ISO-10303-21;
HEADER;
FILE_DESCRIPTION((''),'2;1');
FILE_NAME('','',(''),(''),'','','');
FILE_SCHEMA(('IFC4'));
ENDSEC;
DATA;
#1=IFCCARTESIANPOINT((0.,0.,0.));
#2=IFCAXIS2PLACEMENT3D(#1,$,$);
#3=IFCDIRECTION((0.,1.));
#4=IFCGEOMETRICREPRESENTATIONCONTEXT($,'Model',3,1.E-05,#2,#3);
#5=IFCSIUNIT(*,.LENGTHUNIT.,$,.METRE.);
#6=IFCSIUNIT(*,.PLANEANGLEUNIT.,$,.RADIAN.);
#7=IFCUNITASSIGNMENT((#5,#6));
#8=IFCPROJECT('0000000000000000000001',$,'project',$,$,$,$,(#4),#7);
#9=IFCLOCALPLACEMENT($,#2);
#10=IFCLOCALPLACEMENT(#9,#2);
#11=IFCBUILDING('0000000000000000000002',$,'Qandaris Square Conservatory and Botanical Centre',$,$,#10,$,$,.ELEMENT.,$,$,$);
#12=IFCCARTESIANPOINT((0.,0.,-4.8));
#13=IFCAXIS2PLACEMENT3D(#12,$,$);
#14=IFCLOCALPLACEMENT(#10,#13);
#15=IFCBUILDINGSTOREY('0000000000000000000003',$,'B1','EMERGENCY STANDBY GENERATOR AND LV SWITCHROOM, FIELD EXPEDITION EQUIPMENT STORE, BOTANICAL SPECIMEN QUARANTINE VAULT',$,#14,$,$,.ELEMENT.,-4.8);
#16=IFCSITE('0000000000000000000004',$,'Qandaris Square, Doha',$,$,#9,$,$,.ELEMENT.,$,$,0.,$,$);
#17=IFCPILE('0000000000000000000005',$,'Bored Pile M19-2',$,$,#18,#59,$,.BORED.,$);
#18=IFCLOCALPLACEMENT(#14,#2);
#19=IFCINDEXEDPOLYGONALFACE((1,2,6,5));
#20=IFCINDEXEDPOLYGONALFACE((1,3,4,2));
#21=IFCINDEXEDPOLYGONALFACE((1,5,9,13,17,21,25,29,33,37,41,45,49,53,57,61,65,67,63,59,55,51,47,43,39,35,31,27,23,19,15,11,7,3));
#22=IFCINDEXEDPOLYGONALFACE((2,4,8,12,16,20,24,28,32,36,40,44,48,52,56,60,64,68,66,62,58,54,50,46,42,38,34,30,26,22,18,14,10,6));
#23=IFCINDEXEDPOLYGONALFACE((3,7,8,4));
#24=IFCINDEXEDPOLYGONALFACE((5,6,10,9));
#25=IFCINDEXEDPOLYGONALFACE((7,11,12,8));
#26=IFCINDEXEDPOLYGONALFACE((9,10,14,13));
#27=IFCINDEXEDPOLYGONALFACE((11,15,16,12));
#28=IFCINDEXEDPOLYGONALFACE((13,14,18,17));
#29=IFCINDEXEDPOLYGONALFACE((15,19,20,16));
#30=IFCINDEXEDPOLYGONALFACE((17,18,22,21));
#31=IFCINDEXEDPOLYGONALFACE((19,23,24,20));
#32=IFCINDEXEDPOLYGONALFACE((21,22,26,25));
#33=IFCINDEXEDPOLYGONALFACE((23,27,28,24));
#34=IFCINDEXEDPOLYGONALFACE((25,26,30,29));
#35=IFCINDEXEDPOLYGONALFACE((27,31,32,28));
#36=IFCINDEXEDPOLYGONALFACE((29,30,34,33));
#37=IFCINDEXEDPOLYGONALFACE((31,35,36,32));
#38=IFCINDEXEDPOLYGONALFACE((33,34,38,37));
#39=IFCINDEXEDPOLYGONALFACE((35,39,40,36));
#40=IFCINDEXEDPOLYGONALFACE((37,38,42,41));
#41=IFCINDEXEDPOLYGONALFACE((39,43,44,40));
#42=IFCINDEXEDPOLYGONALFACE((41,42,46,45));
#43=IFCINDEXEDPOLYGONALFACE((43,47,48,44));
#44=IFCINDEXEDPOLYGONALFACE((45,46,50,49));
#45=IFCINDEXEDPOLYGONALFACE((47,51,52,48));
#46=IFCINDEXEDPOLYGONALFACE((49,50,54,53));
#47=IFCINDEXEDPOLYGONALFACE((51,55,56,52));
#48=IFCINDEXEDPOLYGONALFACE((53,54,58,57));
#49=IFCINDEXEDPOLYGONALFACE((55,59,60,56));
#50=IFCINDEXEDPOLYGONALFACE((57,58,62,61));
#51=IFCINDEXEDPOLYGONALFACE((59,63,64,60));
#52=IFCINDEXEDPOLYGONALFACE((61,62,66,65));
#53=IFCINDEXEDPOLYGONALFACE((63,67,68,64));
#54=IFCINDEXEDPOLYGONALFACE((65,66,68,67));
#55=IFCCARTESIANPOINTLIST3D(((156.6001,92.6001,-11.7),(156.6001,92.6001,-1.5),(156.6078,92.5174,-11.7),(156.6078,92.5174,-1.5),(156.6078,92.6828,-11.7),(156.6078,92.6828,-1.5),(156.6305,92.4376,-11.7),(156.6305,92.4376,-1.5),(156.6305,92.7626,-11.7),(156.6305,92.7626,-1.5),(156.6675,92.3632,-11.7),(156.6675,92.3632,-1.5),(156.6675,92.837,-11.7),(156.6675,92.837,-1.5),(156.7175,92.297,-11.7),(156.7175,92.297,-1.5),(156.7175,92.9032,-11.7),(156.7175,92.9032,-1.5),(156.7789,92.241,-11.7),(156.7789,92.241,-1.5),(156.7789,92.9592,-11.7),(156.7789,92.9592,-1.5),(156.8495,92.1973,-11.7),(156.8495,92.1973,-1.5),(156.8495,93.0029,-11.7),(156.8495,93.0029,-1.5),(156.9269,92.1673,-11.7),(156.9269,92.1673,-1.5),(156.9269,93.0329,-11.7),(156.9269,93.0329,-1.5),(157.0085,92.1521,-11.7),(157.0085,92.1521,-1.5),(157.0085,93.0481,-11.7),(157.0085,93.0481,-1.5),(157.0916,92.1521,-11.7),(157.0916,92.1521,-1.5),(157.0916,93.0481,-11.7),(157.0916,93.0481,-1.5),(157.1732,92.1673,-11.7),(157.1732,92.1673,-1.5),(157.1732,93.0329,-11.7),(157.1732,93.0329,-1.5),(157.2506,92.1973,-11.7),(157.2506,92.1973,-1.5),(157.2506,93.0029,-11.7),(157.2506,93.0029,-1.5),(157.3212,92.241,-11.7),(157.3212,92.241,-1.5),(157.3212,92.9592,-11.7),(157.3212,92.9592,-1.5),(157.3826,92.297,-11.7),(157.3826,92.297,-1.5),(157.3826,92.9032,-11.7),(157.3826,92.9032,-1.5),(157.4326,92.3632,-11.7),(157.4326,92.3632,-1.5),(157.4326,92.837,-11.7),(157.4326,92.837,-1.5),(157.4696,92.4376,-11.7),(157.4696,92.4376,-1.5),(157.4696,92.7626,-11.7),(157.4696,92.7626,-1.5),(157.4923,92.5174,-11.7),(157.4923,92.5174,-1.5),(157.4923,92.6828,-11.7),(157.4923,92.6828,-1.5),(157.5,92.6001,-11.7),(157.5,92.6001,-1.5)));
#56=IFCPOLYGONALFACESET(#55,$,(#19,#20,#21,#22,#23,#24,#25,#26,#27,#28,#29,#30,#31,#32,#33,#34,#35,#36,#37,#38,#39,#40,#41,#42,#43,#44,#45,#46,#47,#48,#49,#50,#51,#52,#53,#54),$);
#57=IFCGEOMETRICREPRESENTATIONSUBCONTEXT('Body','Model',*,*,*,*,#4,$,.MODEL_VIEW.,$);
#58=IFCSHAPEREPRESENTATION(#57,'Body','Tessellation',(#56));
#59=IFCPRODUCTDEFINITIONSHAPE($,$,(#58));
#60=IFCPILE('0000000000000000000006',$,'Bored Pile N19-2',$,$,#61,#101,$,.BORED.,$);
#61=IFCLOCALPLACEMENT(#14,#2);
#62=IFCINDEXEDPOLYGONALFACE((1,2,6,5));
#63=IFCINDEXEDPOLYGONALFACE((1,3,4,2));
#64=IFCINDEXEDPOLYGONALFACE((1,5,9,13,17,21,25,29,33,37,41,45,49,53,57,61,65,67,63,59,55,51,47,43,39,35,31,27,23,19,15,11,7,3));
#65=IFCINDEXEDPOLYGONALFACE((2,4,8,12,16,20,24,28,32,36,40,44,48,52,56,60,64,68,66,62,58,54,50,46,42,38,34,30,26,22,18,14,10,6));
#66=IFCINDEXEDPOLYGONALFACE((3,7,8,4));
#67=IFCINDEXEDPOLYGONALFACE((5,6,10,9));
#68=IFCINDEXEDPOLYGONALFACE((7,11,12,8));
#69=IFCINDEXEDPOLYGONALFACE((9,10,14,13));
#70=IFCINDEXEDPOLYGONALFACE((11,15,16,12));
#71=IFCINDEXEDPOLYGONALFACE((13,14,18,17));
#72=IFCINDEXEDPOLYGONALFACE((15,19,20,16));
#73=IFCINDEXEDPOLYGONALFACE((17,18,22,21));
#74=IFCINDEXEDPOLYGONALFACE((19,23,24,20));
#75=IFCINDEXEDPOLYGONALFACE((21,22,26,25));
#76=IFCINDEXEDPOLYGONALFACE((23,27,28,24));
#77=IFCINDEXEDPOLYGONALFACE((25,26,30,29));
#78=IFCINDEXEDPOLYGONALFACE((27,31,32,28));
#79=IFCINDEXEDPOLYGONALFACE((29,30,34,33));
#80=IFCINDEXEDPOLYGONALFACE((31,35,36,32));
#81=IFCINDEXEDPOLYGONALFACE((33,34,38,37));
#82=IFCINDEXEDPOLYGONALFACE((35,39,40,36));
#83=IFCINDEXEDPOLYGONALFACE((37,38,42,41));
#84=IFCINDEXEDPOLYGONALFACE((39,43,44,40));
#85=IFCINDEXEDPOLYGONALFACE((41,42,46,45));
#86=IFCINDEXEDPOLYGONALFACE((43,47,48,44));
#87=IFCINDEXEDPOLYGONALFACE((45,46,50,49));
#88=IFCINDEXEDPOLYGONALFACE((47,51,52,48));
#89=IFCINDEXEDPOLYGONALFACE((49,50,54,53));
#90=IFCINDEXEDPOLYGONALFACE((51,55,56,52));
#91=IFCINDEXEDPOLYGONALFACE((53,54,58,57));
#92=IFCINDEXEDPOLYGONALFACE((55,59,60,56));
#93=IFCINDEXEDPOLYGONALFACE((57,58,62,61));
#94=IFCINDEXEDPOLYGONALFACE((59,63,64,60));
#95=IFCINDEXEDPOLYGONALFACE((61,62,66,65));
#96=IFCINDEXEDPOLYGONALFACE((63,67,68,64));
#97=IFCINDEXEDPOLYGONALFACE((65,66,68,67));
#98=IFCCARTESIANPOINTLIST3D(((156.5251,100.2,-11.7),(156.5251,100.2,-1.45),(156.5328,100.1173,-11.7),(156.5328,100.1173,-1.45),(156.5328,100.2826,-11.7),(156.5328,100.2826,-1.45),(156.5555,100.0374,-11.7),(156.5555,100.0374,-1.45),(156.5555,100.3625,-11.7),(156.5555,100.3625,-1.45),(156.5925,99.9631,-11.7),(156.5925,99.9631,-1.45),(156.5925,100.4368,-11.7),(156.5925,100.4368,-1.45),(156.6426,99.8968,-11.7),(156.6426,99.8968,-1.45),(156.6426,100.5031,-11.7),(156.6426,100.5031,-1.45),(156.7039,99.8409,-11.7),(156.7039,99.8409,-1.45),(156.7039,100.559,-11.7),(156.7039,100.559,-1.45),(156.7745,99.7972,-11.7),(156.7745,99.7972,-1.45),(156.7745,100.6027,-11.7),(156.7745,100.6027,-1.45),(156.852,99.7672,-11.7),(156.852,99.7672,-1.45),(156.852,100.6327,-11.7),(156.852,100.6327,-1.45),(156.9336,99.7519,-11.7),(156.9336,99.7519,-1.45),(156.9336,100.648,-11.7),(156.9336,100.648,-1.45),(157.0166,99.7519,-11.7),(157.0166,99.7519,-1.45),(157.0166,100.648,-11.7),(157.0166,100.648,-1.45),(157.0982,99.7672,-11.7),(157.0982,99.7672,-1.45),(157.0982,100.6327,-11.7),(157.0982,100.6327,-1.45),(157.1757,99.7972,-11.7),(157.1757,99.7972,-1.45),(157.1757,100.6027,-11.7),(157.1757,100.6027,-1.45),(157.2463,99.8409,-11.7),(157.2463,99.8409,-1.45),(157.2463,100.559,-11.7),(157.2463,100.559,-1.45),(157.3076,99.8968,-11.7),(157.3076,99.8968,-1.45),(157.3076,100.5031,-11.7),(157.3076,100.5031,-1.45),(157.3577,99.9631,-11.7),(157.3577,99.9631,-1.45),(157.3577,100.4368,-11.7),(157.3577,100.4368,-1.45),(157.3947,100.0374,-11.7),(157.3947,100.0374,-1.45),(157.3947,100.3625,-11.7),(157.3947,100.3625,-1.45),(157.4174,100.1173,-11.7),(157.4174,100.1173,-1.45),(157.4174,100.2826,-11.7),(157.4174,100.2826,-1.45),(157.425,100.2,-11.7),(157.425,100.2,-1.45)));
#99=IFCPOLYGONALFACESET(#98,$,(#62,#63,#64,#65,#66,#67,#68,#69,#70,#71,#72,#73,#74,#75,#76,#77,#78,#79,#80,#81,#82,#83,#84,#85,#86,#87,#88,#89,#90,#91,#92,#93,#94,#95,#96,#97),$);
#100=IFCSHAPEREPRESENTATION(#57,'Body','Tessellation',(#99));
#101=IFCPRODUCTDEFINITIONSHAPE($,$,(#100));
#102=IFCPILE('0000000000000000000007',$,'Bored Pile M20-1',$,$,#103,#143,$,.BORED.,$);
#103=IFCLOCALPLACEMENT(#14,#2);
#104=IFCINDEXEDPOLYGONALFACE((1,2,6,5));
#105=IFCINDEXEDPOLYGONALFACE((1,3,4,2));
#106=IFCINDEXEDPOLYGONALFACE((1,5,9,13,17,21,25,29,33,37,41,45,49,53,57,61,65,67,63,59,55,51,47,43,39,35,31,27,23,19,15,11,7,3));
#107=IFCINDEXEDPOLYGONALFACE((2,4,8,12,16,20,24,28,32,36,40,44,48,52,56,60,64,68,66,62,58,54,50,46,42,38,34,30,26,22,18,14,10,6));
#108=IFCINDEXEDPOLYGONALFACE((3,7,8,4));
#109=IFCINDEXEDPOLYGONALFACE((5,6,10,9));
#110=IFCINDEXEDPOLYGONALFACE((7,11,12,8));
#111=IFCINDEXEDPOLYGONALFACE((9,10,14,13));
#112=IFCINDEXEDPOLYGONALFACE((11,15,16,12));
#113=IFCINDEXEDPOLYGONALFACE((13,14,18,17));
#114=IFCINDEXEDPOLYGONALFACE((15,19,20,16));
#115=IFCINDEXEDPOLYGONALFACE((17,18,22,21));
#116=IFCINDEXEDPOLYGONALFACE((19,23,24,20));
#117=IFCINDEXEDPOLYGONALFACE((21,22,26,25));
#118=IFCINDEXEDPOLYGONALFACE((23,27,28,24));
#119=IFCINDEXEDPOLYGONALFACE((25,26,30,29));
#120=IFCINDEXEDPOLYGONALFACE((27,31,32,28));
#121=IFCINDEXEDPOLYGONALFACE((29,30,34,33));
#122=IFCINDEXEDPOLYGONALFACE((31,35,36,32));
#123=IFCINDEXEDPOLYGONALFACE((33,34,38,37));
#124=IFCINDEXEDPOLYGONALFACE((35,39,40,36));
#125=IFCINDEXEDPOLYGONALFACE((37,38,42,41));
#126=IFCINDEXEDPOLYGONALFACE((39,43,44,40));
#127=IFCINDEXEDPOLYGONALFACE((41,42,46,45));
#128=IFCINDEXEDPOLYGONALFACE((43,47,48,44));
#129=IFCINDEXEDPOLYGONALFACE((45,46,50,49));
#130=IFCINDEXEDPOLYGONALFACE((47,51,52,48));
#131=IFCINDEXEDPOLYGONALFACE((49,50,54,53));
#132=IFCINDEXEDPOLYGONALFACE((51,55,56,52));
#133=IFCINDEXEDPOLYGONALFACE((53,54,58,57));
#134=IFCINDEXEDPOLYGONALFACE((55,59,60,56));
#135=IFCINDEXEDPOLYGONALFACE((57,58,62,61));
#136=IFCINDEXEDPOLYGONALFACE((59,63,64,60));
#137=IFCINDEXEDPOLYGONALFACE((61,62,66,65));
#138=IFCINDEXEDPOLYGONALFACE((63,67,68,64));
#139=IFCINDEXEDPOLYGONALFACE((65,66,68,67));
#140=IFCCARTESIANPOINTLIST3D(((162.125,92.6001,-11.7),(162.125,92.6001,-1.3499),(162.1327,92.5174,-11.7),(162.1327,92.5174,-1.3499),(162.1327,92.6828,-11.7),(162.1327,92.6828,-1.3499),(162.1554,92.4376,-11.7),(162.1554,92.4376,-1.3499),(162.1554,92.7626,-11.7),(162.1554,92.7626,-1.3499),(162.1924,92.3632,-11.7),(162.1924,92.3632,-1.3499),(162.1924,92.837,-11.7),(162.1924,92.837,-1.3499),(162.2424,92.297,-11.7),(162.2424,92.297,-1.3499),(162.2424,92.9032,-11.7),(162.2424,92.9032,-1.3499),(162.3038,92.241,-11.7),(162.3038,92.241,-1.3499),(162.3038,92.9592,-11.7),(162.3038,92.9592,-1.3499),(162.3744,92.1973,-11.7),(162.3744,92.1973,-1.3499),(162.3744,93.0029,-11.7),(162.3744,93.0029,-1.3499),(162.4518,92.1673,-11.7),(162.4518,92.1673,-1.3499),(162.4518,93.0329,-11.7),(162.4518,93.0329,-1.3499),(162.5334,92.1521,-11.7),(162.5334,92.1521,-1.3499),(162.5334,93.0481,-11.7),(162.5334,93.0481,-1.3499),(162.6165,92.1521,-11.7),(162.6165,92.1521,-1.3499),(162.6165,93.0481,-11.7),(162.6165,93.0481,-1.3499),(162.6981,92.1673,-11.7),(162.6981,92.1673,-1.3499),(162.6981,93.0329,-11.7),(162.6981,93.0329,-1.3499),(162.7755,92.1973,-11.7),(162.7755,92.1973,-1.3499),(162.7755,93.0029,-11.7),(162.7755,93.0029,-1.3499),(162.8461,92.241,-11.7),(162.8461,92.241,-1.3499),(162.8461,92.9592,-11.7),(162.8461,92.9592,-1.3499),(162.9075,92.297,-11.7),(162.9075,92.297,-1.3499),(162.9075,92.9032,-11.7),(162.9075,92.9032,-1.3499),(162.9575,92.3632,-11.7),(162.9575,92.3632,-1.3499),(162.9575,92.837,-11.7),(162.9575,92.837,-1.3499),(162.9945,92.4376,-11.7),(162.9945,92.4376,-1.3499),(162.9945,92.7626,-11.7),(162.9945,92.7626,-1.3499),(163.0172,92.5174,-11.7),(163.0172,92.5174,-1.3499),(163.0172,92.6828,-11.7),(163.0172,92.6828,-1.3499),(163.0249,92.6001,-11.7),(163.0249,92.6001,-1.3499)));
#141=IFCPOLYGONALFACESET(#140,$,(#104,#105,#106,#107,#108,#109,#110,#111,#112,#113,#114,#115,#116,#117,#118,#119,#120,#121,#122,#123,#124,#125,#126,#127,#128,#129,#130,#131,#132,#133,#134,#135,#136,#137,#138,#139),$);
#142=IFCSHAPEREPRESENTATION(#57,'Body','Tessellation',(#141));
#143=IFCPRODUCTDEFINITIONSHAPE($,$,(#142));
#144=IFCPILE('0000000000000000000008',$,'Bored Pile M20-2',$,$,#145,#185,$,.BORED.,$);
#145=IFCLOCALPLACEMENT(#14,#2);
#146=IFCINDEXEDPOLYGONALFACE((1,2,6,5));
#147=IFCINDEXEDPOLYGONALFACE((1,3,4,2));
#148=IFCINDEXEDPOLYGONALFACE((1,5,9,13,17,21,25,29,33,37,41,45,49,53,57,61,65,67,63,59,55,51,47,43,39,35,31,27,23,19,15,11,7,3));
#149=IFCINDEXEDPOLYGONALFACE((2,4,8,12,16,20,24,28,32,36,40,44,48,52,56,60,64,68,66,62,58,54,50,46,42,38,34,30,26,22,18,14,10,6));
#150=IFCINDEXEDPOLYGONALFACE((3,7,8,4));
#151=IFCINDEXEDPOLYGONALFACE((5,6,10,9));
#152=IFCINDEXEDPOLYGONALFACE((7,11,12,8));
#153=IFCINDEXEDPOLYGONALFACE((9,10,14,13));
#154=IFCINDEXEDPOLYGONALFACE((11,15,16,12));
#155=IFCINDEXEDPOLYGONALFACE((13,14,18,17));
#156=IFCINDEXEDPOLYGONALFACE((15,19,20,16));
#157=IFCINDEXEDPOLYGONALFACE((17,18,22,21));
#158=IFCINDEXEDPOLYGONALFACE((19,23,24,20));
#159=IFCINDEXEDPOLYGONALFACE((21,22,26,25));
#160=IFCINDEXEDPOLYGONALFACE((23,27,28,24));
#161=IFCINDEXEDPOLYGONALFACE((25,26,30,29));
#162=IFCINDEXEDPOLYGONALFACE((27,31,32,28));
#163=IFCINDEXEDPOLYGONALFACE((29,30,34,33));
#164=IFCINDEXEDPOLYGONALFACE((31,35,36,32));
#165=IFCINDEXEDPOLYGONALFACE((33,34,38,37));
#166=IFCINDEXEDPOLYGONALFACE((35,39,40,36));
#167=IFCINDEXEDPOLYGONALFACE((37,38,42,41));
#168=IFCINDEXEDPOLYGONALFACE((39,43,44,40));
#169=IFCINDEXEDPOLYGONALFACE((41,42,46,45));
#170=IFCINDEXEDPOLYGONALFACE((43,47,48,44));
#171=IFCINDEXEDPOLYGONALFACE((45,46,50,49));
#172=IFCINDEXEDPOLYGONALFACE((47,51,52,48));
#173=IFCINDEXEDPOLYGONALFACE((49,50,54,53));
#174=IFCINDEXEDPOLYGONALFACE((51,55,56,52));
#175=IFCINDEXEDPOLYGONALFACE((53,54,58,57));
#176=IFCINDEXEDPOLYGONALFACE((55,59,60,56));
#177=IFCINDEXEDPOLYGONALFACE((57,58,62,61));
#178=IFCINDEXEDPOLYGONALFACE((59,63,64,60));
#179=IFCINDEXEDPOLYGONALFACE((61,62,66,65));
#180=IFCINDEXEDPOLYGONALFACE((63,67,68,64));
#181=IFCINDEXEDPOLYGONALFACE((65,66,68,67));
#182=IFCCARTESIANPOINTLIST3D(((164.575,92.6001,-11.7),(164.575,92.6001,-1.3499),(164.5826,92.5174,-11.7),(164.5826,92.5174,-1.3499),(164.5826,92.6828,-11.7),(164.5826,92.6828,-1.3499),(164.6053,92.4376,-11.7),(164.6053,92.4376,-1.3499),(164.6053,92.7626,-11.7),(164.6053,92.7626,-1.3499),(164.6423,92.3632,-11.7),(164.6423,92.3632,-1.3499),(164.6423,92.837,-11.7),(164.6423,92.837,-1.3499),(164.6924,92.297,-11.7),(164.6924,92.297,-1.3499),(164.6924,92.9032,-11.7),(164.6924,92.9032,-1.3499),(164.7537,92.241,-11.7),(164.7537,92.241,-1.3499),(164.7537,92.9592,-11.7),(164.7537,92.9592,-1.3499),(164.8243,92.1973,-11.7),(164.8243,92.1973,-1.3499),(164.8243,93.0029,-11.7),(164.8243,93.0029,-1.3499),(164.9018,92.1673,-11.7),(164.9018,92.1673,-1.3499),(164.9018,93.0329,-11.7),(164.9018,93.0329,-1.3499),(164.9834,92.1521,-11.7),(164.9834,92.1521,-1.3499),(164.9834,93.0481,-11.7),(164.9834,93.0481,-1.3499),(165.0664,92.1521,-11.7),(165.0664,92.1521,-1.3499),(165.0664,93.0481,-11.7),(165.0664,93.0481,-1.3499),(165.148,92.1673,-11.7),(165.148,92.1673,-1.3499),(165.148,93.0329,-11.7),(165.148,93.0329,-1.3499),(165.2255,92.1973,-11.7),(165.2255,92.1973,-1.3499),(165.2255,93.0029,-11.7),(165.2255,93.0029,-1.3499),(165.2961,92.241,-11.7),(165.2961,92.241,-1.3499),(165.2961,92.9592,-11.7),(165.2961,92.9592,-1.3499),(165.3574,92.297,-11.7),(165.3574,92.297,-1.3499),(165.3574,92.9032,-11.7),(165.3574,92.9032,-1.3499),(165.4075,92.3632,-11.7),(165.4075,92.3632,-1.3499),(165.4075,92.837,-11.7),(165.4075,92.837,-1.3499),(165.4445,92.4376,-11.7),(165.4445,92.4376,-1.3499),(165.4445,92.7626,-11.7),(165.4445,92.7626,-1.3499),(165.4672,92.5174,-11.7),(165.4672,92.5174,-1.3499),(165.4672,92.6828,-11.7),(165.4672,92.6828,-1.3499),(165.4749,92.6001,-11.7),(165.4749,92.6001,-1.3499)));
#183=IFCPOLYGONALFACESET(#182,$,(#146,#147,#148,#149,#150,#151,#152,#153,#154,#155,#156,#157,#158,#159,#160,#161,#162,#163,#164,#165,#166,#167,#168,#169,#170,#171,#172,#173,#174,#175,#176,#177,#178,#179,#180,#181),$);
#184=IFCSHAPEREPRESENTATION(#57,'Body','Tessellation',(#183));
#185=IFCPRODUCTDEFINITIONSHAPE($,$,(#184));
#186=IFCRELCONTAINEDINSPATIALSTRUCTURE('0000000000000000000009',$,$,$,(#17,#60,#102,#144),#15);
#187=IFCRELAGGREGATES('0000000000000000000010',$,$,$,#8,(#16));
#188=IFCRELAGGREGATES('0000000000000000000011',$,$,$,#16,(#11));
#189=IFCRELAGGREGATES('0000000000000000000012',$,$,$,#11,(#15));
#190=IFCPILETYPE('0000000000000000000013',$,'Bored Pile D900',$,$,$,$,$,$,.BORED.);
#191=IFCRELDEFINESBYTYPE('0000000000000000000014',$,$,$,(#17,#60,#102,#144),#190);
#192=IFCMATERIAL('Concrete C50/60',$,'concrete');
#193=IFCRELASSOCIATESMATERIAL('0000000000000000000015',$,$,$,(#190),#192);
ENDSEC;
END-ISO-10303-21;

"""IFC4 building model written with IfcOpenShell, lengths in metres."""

from ifc_helpers import new_model, si_unit, direction, frame, origin, origin_2d, place, context, subcontext, project, spatial, circle, extrude, material, material_profile, profile_set, type_object, element, save


model = new_model("IFC4")

# Units and contexts
model_context = context("Model", 3, precision=1e-05, world=origin(), true_north=direction((0.0, 1.0)))
body_context = subcontext(model_context, "Body", "Model", "MODEL_VIEW")
ifc_project = project(units=[si_unit("LENGTHUNIT", "METRE"), si_unit("PLANEANGLEUNIT", "RADIAN")], contexts=[model_context])

# Site, building, storey
site_placement = place(None, origin())
site = spatial("IfcSite", under=ifc_project, at=site_placement, Name="Qandaris Square, Doha", CompositionType="ELEMENT", RefElevation=0.0)
building_placement = place(site_placement, origin())
building = spatial("IfcBuilding", under=site, at=building_placement, Name="Qandaris Square Conservatory and Botanical Centre", CompositionType="ELEMENT")
storey_placement = place(building_placement, frame((0.0, 0.0, -4.8)))
storey = spatial("IfcBuildingStorey", under=building, at=storey_placement, Name="B1", Description="EMERGENCY STANDBY GENERATOR AND LV SWITCHROOM, FIELD EXPEDITION EQUIPMENT STORE, BOTANICAL SPECIMEN QUARANTINE VAULT", CompositionType="ELEMENT", Elevation=-4.8)

# Piles
ifc_material_1 = material(Name="Concrete C50/60", Category="concrete")
ifc_material_profile_1 = material_profile(ifc_material_1, circle(Radius=0.45, at=origin_2d()), Name="PILE D900")
ifc_profile_set_1 = profile_set([ifc_material_profile_1], Name="Concrete C50/60")
pile_type = type_object("IfcPileType", Name="Bored Pile D900", PredefinedType="BORED", material=ifc_profile_set_1)
pile_1_placement = place(storey_placement, frame((157.05, 92.6001, -1.5), z_axis=(0.0, 0.0, -1.0), x_axis=(1.0, 0.0, 0.0)))
element("IfcPile", 1, at=pile_1_placement, inside=storey, type_object=pile_type, Name="Bored Pile M19-2", PredefinedType="BORED", context=body_context, shape_type="SweptSolid", body=[
    extrude(circle(Radius=0.45, at=origin_2d()), origin(), (0.0, 0.0, 1.0), 10.2),
])
pile_2_placement = place(storey_placement, frame((156.9751, 100.2, -1.45), z_axis=(0.0, 0.0, -1.0), x_axis=(1.0, 0.0, 0.0)))
element("IfcPile", 2, at=pile_2_placement, inside=storey, type_object=pile_type, Name="Bored Pile N19-2", PredefinedType="BORED", context=body_context, shape_type="SweptSolid", body=[
    extrude(circle(Radius=0.45, at=origin_2d()), origin(), (0.0, 0.0, 1.0), 10.25),
])
for number, where, z_axis, x_axis, name in (
    (3, (162.575, 92.6001, -1.3499), (0.0, 0.0, -1.0), (1.0, 0.0, 0.0), "Bored Pile M20-1"),
    (4, (165.0249, 92.6001, -1.3499), (0.0, 0.0, -1.0), (1.0, 0.0, 0.0), "Bored Pile M20-2"),
):
    element("IfcPile", number, at=place(storey_placement, frame(where, z_axis=z_axis, x_axis=x_axis)), inside=storey, type_object=pile_type, Name=name, PredefinedType="BORED", context=body_context, shape_type="SweptSolid", body=[
        extrude(circle(Radius=0.45, at=origin_2d()), origin(), (0.0, 0.0, 1.0), 10.3501),
    ])

save(model, "model.ifc")
